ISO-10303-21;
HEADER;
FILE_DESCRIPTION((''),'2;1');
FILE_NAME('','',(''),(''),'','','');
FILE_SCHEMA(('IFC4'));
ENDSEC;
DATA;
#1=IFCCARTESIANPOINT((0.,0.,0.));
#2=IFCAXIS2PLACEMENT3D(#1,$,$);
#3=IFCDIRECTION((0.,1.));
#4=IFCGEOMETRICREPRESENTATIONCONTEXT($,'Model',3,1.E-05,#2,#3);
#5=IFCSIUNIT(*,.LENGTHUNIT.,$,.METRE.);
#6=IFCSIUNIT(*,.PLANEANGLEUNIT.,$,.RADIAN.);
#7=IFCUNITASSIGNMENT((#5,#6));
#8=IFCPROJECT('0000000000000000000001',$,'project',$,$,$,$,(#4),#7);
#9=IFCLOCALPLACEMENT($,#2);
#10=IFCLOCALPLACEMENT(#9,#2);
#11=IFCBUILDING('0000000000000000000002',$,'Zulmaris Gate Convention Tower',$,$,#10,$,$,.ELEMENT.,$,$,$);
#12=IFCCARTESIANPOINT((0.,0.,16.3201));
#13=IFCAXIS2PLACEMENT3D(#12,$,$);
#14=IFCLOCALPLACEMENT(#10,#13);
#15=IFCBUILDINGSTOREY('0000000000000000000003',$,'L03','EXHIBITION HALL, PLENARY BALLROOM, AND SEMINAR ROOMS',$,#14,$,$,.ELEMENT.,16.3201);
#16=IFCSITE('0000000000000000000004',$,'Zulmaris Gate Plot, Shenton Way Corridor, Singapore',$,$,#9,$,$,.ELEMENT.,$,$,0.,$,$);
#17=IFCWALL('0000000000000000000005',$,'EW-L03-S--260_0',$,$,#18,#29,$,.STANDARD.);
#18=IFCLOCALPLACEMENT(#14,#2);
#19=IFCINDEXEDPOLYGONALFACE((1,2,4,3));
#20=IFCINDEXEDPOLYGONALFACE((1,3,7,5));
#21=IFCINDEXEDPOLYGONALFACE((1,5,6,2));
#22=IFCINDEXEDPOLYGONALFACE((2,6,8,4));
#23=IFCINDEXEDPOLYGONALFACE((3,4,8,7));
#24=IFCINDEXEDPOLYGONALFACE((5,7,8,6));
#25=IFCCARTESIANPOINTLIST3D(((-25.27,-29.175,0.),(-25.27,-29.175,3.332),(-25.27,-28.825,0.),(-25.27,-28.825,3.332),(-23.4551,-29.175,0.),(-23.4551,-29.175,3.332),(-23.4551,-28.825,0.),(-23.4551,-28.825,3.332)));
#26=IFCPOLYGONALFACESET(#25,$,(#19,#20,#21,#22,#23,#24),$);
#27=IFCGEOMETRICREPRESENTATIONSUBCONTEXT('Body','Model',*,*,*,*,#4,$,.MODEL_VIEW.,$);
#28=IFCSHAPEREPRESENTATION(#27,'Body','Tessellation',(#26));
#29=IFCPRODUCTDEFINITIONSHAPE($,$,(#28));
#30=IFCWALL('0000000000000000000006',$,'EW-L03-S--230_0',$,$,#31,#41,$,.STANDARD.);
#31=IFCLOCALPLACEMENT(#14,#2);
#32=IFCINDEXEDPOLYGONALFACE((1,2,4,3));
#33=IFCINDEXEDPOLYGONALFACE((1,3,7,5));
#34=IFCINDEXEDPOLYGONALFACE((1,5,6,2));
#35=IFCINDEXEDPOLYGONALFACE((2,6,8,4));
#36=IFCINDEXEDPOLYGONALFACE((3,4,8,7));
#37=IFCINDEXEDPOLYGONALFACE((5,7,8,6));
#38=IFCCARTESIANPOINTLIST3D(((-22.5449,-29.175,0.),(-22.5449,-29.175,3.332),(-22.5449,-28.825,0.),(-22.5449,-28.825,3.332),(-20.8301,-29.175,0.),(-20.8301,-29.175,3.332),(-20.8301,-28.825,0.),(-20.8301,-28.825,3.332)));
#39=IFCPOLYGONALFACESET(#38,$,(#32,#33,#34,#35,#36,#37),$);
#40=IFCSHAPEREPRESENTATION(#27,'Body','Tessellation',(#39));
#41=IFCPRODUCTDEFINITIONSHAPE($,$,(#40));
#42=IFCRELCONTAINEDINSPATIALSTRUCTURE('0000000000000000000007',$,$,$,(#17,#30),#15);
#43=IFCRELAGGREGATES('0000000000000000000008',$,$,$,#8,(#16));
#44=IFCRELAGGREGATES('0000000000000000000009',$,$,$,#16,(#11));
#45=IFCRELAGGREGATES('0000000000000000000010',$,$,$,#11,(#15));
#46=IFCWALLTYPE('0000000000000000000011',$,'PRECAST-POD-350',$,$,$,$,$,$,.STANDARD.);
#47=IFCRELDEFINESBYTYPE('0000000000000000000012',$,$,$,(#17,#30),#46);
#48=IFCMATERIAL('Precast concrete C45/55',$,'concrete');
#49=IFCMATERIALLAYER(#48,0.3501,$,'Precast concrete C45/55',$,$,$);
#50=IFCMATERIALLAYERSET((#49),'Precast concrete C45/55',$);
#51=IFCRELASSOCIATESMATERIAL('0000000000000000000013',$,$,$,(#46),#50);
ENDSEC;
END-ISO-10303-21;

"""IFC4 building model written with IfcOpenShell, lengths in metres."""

from ifc_helpers import new_model, si_unit, direction, frame, frame_2d, origin, place, context, subcontext, project, spatial, rectangle, extrude, material, layer, layer_set, type_object, element, save


model = new_model("IFC4")

# Units and contexts
model_context = context("Model", 3, precision=1e-05, world=origin(), true_north=direction((0.0, 1.0)))
body_context = subcontext(model_context, "Body", "Model", "MODEL_VIEW")
ifc_project = project(units=[si_unit("LENGTHUNIT", "METRE"), si_unit("PLANEANGLEUNIT", "RADIAN")], contexts=[model_context])

# Site, building, storey
site_placement = place(None, origin())
site = spatial("IfcSite", under=ifc_project, at=site_placement, Name="Zulmaris Gate Plot, Shenton Way Corridor, Singapore", CompositionType="ELEMENT", RefElevation=0.0)
building_placement = place(site_placement, origin())
building = spatial("IfcBuilding", under=site, at=building_placement, Name="Zulmaris Gate Convention Tower", CompositionType="ELEMENT")
storey_placement = place(building_placement, frame((0.0, 0.0, 16.3201)))
storey = spatial("IfcBuildingStorey", under=building, at=storey_placement, Name="L03", Description="EXHIBITION HALL, PLENARY BALLROOM, AND SEMINAR ROOMS", CompositionType="ELEMENT", Elevation=16.3201)

# Walls
ifc_material_1 = material(Name="Precast concrete C45/55", Category="concrete")
ifc_layer_1 = layer(ifc_material_1, 0.3501, Name="Precast concrete C45/55")
ifc_layer_set_1 = layer_set([ifc_layer_1], Name="Precast concrete C45/55")
wall_type_1 = type_object("IfcWallType", Name="PRECAST-POD-350", PredefinedType="STANDARD", material=ifc_layer_set_1)
wall_1_placement = place(storey_placement, frame((-25.27, -29.0, 0.0), z_axis=(0.0, 0.0, 1.0), x_axis=(1.0, 0.0, 0.0)))
element("IfcWall", 1, at=wall_1_placement, inside=storey, type_object=wall_type_1, Name="EW-L03-S--260_0", PredefinedType="STANDARD", context=body_context, shape_type="SweptSolid", body=[
    extrude(rectangle(XDim=1.8149, YDim=0.3501, at=frame_2d((0.9075, 0.0))), origin(), (0.0, 0.0, 1.0), 3.332),
])
wall_2_placement = place(storey_placement, frame((-22.5449, -29.0, 0.0), z_axis=(0.0, 0.0, 1.0), x_axis=(1.0, 0.0, 0.0)))
element("IfcWall", 2, at=wall_2_placement, inside=storey, type_object=wall_type_1, Name="EW-L03-S--230_0", PredefinedType="STANDARD", context=body_context, shape_type="SweptSolid", body=[
    extrude(rectangle(XDim=1.7148, YDim=0.3501, at=frame_2d((0.8574, 0.0))), origin(), (0.0, 0.0, 1.0), 3.332),
])

save(model, "model.ifc")
